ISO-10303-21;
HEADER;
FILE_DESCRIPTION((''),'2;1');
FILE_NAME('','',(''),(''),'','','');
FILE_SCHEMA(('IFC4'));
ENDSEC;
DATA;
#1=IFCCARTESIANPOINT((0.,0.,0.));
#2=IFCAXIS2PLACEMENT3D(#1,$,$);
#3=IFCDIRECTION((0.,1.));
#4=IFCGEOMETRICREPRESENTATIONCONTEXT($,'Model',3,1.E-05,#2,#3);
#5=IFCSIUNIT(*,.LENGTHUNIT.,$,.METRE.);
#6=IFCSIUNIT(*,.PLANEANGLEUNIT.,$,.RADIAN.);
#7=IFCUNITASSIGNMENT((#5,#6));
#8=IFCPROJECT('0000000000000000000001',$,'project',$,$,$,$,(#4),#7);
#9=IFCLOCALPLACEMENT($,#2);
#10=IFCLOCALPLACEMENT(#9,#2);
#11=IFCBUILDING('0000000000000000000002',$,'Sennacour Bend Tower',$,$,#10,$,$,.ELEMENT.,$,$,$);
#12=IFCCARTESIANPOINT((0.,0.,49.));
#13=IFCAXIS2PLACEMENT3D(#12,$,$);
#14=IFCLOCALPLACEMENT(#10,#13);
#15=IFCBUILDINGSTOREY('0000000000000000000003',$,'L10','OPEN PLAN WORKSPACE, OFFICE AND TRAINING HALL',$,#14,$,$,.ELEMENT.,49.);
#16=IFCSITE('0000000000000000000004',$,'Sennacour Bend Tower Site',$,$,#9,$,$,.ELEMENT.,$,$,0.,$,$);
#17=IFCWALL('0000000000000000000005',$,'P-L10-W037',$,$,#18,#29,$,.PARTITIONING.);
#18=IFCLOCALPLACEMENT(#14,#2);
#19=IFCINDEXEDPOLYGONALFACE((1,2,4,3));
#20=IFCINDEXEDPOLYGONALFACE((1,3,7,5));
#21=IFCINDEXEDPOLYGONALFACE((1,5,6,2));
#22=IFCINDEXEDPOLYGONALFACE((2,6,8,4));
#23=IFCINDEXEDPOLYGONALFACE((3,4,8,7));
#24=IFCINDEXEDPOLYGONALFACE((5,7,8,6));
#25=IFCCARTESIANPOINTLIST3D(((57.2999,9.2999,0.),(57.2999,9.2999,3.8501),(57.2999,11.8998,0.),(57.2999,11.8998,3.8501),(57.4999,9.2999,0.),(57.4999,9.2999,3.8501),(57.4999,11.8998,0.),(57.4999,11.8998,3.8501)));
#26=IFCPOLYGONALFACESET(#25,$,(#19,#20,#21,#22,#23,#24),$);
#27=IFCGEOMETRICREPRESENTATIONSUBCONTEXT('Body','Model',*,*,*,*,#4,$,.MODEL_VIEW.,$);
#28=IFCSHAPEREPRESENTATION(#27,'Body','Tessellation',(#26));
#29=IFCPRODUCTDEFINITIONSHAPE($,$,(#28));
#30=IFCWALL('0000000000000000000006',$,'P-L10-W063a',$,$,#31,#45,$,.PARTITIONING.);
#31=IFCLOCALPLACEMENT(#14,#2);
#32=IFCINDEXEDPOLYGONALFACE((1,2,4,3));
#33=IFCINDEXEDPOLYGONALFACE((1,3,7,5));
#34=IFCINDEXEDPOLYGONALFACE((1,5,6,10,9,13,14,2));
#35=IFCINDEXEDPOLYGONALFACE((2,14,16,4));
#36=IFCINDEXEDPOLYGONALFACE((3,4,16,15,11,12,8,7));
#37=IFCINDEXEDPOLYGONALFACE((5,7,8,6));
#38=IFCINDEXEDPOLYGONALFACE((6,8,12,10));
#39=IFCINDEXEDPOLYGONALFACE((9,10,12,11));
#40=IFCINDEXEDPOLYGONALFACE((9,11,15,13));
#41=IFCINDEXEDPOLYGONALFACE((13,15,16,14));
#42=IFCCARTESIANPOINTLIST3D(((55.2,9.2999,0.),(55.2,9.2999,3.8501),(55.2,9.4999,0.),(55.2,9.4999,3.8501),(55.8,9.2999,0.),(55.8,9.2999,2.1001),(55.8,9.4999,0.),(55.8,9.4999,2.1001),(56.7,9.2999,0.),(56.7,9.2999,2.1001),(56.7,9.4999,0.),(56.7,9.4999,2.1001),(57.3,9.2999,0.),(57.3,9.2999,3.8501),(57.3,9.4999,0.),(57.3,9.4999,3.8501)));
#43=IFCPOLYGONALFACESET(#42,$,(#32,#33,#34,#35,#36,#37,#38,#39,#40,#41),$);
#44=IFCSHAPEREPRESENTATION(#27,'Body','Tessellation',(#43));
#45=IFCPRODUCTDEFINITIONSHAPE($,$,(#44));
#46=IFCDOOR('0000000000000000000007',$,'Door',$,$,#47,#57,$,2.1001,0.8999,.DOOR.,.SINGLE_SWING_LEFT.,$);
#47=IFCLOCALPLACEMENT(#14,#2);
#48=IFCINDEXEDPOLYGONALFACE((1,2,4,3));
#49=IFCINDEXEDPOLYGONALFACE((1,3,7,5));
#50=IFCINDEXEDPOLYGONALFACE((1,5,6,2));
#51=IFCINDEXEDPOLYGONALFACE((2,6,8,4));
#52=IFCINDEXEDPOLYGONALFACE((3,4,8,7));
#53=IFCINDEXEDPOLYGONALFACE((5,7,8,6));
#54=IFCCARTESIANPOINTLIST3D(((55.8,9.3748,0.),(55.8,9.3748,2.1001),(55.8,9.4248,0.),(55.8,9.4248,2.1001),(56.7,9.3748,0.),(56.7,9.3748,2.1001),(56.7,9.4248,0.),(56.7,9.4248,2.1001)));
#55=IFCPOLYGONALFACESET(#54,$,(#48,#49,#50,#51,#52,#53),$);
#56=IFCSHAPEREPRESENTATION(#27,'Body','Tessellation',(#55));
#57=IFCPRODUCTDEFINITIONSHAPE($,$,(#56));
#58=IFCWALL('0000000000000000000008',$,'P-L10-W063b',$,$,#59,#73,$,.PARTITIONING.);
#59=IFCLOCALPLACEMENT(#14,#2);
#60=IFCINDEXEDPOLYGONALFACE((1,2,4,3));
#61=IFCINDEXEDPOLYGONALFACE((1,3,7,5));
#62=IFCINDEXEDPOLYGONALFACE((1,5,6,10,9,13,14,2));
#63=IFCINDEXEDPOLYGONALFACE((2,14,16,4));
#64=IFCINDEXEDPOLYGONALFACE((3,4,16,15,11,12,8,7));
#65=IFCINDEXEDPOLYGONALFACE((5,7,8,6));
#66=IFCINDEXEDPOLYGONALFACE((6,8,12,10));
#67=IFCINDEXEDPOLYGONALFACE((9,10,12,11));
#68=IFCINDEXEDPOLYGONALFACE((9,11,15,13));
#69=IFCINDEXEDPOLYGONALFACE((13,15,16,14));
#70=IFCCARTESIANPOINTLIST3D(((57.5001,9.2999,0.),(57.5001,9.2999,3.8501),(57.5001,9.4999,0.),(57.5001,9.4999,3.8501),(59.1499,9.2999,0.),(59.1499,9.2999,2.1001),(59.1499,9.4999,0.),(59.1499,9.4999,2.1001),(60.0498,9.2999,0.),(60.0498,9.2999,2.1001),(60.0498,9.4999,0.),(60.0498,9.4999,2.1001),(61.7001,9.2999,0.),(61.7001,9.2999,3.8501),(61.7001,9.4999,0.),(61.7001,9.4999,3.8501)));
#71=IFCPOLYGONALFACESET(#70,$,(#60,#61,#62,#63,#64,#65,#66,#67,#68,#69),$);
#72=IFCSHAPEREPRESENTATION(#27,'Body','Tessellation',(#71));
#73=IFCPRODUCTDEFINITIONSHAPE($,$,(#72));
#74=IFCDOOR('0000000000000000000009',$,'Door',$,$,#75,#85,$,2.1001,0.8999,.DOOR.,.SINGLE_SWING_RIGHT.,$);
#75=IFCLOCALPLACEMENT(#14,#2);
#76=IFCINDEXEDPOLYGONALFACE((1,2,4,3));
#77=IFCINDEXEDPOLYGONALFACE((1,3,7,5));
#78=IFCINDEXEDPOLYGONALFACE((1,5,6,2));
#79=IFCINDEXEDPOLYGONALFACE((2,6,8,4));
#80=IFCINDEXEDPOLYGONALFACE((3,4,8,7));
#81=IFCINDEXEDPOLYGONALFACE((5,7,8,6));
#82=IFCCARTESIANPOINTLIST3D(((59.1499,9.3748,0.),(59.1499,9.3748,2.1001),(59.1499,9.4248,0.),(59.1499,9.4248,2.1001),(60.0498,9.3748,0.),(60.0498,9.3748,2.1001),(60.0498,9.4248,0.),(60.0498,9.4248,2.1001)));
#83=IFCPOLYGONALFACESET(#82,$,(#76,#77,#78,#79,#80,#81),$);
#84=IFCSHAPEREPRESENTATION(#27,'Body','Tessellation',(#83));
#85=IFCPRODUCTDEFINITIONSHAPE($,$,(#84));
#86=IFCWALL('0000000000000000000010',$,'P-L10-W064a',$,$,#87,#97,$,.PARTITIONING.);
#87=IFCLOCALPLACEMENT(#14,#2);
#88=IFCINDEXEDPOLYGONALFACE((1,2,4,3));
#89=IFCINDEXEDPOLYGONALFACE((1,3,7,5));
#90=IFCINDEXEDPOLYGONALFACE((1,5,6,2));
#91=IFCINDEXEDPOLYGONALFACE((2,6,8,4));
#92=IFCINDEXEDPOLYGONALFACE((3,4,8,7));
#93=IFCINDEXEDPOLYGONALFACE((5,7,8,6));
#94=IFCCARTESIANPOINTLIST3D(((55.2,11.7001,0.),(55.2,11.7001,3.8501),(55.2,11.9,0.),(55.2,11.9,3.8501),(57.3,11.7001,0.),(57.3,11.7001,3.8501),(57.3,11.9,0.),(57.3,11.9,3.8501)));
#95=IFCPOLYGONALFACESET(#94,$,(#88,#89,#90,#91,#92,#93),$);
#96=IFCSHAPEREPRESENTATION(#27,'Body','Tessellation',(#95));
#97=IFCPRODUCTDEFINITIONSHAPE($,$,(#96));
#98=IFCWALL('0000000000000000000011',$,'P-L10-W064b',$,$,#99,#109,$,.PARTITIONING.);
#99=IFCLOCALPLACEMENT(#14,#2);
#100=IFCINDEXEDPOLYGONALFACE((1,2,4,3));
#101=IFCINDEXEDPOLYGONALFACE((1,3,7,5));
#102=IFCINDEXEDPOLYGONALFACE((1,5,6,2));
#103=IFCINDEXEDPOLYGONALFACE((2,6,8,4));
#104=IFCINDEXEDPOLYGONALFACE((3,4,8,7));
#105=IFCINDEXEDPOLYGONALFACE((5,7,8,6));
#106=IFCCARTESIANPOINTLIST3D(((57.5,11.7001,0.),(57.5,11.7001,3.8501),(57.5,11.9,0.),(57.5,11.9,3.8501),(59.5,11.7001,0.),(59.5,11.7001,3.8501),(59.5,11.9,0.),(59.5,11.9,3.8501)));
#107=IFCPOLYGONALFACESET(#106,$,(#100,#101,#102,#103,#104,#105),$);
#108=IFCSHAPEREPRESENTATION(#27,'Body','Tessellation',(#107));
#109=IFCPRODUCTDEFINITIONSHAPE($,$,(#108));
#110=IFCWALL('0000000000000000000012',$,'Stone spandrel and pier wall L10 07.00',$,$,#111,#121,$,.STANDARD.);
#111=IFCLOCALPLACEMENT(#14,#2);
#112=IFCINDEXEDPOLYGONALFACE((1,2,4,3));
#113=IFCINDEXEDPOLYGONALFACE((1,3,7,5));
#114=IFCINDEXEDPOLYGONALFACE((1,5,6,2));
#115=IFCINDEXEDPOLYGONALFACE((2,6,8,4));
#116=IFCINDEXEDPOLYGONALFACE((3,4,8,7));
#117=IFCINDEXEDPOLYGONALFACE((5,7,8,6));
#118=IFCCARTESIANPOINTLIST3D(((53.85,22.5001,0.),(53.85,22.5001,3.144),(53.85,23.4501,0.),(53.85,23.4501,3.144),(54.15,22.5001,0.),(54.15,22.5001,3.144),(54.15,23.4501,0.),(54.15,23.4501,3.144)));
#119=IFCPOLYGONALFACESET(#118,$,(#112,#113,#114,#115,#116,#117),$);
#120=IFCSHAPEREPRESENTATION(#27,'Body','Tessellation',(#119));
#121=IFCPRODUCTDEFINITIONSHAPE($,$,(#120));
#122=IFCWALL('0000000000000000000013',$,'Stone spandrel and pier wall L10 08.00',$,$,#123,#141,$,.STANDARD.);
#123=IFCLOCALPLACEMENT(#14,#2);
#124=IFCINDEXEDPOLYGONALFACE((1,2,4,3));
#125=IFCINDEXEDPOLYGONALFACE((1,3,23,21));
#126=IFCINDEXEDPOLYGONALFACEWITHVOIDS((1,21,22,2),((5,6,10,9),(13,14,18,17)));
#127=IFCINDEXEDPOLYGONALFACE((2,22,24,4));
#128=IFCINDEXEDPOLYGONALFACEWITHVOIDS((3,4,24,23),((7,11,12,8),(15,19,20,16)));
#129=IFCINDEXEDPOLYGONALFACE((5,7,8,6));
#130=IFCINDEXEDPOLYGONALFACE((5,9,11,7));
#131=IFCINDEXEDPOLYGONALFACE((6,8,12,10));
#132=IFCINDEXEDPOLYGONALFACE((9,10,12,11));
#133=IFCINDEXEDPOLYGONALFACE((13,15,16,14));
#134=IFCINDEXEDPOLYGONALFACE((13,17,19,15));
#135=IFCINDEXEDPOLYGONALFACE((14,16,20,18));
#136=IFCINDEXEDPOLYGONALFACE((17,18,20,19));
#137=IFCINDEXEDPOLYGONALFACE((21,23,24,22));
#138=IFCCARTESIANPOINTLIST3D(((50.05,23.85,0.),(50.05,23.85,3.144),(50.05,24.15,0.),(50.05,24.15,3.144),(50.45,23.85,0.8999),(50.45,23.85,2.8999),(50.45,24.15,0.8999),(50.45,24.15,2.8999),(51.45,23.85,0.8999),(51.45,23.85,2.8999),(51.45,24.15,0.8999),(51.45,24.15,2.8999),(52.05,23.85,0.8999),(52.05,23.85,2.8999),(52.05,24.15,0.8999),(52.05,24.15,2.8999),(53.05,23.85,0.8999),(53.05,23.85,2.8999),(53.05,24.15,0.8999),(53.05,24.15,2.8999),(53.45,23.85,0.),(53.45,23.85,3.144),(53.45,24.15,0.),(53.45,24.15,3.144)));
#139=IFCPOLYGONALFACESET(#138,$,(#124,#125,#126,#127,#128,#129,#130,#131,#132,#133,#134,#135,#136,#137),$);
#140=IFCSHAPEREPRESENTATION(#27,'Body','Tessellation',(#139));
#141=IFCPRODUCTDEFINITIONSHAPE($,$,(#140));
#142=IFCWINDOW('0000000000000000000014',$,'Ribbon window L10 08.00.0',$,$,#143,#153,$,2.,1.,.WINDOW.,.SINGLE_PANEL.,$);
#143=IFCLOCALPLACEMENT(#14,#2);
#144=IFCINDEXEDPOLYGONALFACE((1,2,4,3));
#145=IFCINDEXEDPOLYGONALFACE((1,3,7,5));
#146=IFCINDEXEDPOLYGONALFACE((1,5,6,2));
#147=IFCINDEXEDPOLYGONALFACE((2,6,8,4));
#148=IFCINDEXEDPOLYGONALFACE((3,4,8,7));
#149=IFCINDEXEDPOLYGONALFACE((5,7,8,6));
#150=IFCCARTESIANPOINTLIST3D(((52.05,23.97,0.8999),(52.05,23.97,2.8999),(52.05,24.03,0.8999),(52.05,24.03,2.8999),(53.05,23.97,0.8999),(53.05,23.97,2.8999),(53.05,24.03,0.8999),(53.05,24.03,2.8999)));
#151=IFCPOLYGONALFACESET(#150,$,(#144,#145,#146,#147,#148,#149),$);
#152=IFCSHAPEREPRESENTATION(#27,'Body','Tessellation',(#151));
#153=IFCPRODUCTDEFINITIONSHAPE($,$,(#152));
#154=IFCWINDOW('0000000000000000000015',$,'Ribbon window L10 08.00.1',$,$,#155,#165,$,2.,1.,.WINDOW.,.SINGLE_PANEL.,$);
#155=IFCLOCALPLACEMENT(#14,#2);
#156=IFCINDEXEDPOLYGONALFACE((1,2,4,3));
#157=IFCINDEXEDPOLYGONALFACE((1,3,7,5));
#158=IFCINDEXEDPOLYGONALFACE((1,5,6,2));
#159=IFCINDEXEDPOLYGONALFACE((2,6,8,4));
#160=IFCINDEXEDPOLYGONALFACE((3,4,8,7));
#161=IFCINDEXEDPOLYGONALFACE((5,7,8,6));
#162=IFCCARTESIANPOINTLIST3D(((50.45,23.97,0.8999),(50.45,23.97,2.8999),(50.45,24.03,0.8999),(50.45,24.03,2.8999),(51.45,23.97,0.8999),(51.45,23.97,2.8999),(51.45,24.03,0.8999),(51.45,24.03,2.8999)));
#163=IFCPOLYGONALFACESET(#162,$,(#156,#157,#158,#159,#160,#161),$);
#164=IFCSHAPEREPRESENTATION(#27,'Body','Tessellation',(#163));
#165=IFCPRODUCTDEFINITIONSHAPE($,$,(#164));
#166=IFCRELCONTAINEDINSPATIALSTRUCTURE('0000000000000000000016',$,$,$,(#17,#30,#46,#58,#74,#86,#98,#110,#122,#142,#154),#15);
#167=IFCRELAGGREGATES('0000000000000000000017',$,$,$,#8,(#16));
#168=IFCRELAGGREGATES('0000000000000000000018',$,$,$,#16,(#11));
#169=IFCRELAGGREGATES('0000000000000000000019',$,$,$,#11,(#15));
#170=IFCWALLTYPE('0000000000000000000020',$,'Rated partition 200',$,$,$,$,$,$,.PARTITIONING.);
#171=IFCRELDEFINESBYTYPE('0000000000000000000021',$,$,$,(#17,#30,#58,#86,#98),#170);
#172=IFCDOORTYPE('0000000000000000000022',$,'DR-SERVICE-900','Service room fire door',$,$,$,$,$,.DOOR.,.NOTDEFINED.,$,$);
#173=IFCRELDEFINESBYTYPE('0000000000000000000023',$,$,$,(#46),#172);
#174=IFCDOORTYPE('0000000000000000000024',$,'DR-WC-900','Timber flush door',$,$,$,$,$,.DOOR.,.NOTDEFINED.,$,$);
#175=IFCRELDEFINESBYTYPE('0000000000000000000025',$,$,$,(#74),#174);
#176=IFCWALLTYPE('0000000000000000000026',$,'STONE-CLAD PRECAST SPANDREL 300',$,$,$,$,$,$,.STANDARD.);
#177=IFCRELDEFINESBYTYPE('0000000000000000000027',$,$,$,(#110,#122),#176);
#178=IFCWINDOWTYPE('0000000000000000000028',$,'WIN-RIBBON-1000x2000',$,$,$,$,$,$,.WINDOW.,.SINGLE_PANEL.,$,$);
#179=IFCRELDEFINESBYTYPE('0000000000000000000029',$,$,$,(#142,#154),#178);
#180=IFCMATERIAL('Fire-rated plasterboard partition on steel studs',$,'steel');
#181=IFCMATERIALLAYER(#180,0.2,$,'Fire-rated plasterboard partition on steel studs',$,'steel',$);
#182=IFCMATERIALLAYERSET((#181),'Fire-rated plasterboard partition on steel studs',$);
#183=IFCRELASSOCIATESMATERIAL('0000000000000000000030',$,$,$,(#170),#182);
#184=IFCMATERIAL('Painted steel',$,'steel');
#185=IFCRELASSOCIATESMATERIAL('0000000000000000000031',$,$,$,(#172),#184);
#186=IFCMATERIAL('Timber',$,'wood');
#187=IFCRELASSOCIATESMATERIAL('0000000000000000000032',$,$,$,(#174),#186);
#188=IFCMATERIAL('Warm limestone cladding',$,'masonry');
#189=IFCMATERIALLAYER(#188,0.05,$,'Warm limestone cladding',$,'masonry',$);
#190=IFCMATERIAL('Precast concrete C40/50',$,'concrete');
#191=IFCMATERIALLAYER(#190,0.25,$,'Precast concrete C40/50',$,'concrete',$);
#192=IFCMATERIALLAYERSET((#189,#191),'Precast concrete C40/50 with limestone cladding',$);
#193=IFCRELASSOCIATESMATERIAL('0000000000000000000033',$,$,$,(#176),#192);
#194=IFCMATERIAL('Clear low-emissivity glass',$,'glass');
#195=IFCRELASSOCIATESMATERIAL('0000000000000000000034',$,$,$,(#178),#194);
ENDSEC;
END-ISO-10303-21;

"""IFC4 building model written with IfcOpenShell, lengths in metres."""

from ifc_helpers import new_model, si_unit, direction, frame, frame_2d, origin, place, context, subcontext, project, spatial, rectangle, extrude, material, layer, layer_set, type_object, element, fill, save


model = new_model("IFC4")

# Units and contexts
model_context = context("Model", 3, precision=1e-05, world=origin(), true_north=direction((0.0, 1.0)))
body_context = subcontext(model_context, "Body", "Model", "MODEL_VIEW")
ifc_project = project(units=[si_unit("LENGTHUNIT", "METRE"), si_unit("PLANEANGLEUNIT", "RADIAN")], contexts=[model_context])

# Site, building, storey
site_placement = place(None, origin())
site = spatial("IfcSite", under=ifc_project, at=site_placement, Name="Sennacour Bend Tower Site", CompositionType="ELEMENT", RefElevation=0.0)
building_placement = place(site_placement, origin())
building = spatial("IfcBuilding", under=site, at=building_placement, Name="Sennacour Bend Tower", CompositionType="ELEMENT")
storey_placement = place(building_placement, frame((0.0, 0.0, 49.0)))
storey = spatial("IfcBuildingStorey", under=building, at=storey_placement, Name="L10", Description="OPEN PLAN WORKSPACE, OFFICE AND TRAINING HALL", CompositionType="ELEMENT", Elevation=49.0)

# Wall
ifc_material_1 = material(Name="Fire-rated plasterboard partition on steel studs", Category="steel")
ifc_layer_1 = layer(ifc_material_1, 0.2, Name="Fire-rated plasterboard partition on steel studs", Category="steel")
ifc_layer_set_1 = layer_set([ifc_layer_1], Name="Fire-rated plasterboard partition on steel studs")
wall_type_1 = type_object("IfcWallType", Name="Rated partition 200", PredefinedType="PARTITIONING", material=ifc_layer_set_1)
wall_1_placement = place(storey_placement, frame((57.3999, 9.3, 0.0), z_axis=(0.0, 0.0, 1.0), x_axis=(0.0, 1.0, 0.0)))
element("IfcWall", 1, at=wall_1_placement, inside=storey, type_object=wall_type_1, Name="P-L10-W037", PredefinedType="PARTITIONING", context=body_context, shape_type="SweptSolid", body=[
    extrude(rectangle(XDim=2.5999, YDim=0.2, at=frame_2d((1.2998, 0.0))), origin(), (0.0, 0.0, 1.0), 3.8501),
])

# Walls, openings, doors
wall_2_placement = place(storey_placement, frame((55.2, 9.3999, 0.0), z_axis=(0.0, 0.0, 1.0), x_axis=(1.0, 0.0, 0.0)))
wall_2 = element("IfcWall", 2, at=wall_2_placement, inside=storey, type_object=wall_type_1, Name="P-L10-W063a", PredefinedType="PARTITIONING", context=body_context, shape_type="SweptSolid", body=[
    extrude(rectangle(XDim=2.1001, YDim=0.2, at=frame_2d((1.05, 0.0))), origin(), (0.0, 0.0, 1.0), 3.8501),
])
opening_1_placement = place(wall_2_placement, frame((0.6001, 0.0, 0.0)))
opening_1 = element("IfcOpeningElement", 3, at=opening_1_placement, cuts=wall_2, PredefinedType="OPENING", context=body_context, shape_type="SweptSolid", body=[
    extrude(rectangle(XDim=0.8999, YDim=2.1001, at=frame_2d((0.45, 1.05))), frame((0.0, 0.1099, 0.0), z_axis=(0.0, -1.0, 0.0), x_axis=(1.0, 0.0, 0.0)), (0.0, 0.0, 1.0), 0.22),
])
ifc_material_2 = material(Name="Painted steel", Category="steel")
door_type_1 = type_object("IfcDoorType", Name="DR-SERVICE-900", Description="Service room fire door", OperationType="NOTDEFINED", PredefinedType="DOOR", material=ifc_material_2)
door_1_placement = place(opening_1_placement, origin())
door_1 = element("IfcDoor", 4, at=door_1_placement, inside=storey, type_object=door_type_1, Name="Door", OperationType="SINGLE_SWING_LEFT", OverallHeight=2.1001, OverallWidth=0.8999, PredefinedType="DOOR", context=body_context, shape_type="SweptSolid", body=[
    extrude(rectangle(XDim=0.8999, YDim=2.1001, at=frame_2d((0.45, 1.05))), frame((0.0, 0.0249, 0.0), z_axis=(0.0, -1.0, 0.0), x_axis=(1.0, 0.0, 0.0)), (0.0, 0.0, 1.0), 0.05),
])
fill(opening_1, door_1)
wall_3_placement = place(storey_placement, frame((57.5, 9.3999, 0.0), z_axis=(0.0, 0.0, 1.0), x_axis=(1.0, 0.0, 0.0)))
wall_3 = element("IfcWall", 5, at=wall_3_placement, inside=storey, type_object=wall_type_1, Name="P-L10-W063b", PredefinedType="PARTITIONING", context=body_context, shape_type="SweptSolid", body=[
    extrude(rectangle(XDim=4.2, YDim=0.2, at=frame_2d((2.1001, 0.0))), origin(), (0.0, 0.0, 1.0), 3.8501),
])
opening_2_placement = place(wall_3_placement, frame((1.6499, 0.0, 0.0)))
opening_2 = element("IfcOpeningElement", 6, at=opening_2_placement, cuts=wall_3, PredefinedType="OPENING", context=body_context, shape_type="SweptSolid", body=[
    extrude(rectangle(XDim=0.8999, YDim=2.1001, at=frame_2d((0.45, 1.05))), frame((0.0, 0.1099, 0.0), z_axis=(0.0, -1.0, 0.0), x_axis=(1.0, 0.0, 0.0)), (0.0, 0.0, 1.0), 0.22),
])
ifc_material_3 = material(Name="Timber", Category="wood")
door_type_2 = type_object("IfcDoorType", Name="DR-WC-900", Description="Timber flush door", OperationType="NOTDEFINED", PredefinedType="DOOR", material=ifc_material_3)
door_2_placement = place(opening_2_placement, origin())
door_2 = element("IfcDoor", 7, at=door_2_placement, inside=storey, type_object=door_type_2, Name="Door", OperationType="SINGLE_SWING_RIGHT", OverallHeight=2.1001, OverallWidth=0.8999, PredefinedType="DOOR", context=body_context, shape_type="SweptSolid", body=[
    extrude(rectangle(XDim=0.8999, YDim=2.1001, at=frame_2d((0.45, 1.05))), frame((0.0, 0.0249, 0.0), z_axis=(0.0, -1.0, 0.0), x_axis=(1.0, 0.0, 0.0)), (0.0, 0.0, 1.0), 0.05),
])
fill(opening_2, door_2)

# Walls
wall_4_placement = place(storey_placement, frame((55.2, 11.8, 0.0), z_axis=(0.0, 0.0, 1.0), x_axis=(1.0, 0.0, 0.0)))
element("IfcWall", 8, at=wall_4_placement, inside=storey, type_object=wall_type_1, Name="P-L10-W064a", PredefinedType="PARTITIONING", context=body_context, shape_type="SweptSolid", body=[
    extrude(rectangle(XDim=2.1001, YDim=0.2, at=frame_2d((1.05, 0.0))), origin(), (0.0, 0.0, 1.0), 3.8501),
])
wall_5_placement = place(storey_placement, frame((57.5, 11.8, 0.0), z_axis=(0.0, 0.0, 1.0), x_axis=(1.0, 0.0, 0.0)))
element("IfcWall", 9, at=wall_5_placement, inside=storey, type_object=wall_type_1, Name="P-L10-W064b", PredefinedType="PARTITIONING", context=body_context, shape_type="SweptSolid", body=[
    extrude(rectangle(XDim=2.0, YDim=0.2, at=frame_2d((1.0, 0.0))), origin(), (0.0, 0.0, 1.0), 3.8501),
])
ifc_material_4 = material(Name="Warm limestone cladding", Category="masonry")
ifc_layer_2 = layer(ifc_material_4, 0.05, Name="Warm limestone cladding", Category="masonry")
ifc_material_5 = material(Name="Precast concrete C40/50", Category="concrete")
ifc_layer_3 = layer(ifc_material_5, 0.25, Name="Precast concrete C40/50", Category="concrete")
ifc_layer_set_2 = layer_set([ifc_layer_2, ifc_layer_3], Name="Precast concrete C40/50 with limestone cladding")
wall_type_2 = type_object("IfcWallType", Name="STONE-CLAD PRECAST SPANDREL 300", PredefinedType="STANDARD", material=ifc_layer_set_2)
wall_6_placement = place(storey_placement, frame((54.0, 22.5, 0.0), z_axis=(0.0, 0.0, 1.0), x_axis=(0.0, 1.0, 0.0)))
element("IfcWall", 10, at=wall_6_placement, inside=storey, type_object=wall_type_2, Name="Stone spandrel and pier wall L10 07.00", PredefinedType="STANDARD", context=body_context, shape_type="SweptSolid", body=[
    extrude(rectangle(XDim=0.95, YDim=0.3, at=frame_2d((0.4751, 0.0))), origin(), (0.0, 0.0, 1.0), 3.144),
])

# Wall, openings, windows
wall_7_placement = place(storey_placement, frame((53.45, 24.0, 0.0), z_axis=(0.0, 0.0, 1.0), x_axis=(-1.0, 0.0, 0.0)))
wall_7 = element("IfcWall", 11, at=wall_7_placement, inside=storey, type_object=wall_type_2, Name="Stone spandrel and pier wall L10 08.00", PredefinedType="STANDARD", context=body_context, shape_type="SweptSolid", body=[
    extrude(rectangle(XDim=3.3999, YDim=0.3, at=frame_2d((1.7, 0.0))), origin(), (0.0, 0.0, 1.0), 3.144),
])
opening_3_placement = place(wall_7_placement, frame((0.3999, 0.0, 0.8999)))
opening_3 = element("IfcOpeningElement", 12, at=opening_3_placement, cuts=wall_7, PredefinedType="OPENING", context=body_context, shape_type="SweptSolid", body=[
    extrude(rectangle(XDim=1.0, YDim=2.0, at=frame_2d((0.5, 1.0))), frame((0.0, 0.1602, 0.0), z_axis=(0.0, -1.0, 0.0), x_axis=(1.0, 0.0, 0.0)), (0.0, 0.0, 1.0), 0.3201),
])
opening_4_placement = place(wall_7_placement, frame((2.0, 0.0, 0.8999)))
opening_4 = element("IfcOpeningElement", 13, at=opening_4_placement, cuts=wall_7, PredefinedType="OPENING", context=body_context, shape_type="SweptSolid", body=[
    extrude(rectangle(XDim=1.0, YDim=2.0, at=frame_2d((0.5, 1.0))), frame((0.0, 0.1602, 0.0), z_axis=(0.0, -1.0, 0.0), x_axis=(1.0, 0.0, 0.0)), (0.0, 0.0, 1.0), 0.3201),
])
ifc_material_6 = material(Name="Clear low-emissivity glass", Category="glass")
window_type = type_object("IfcWindowType", Name="WIN-RIBBON-1000x2000", PartitioningType="SINGLE_PANEL", PredefinedType="WINDOW", material=ifc_material_6)
window_1_placement = place(opening_3_placement, origin())
window_1 = element("IfcWindow", 14, at=window_1_placement, inside=storey, type_object=window_type, Name="Ribbon window L10 08.00.0", OverallHeight=2.0, OverallWidth=1.0, PartitioningType="SINGLE_PANEL", PredefinedType="WINDOW", context=body_context, shape_type="SweptSolid", body=[
    extrude(rectangle(XDim=1.0, YDim=2.0, at=frame_2d((0.5, 1.0))), frame((0.0, 0.03, 0.0), z_axis=(0.0, -1.0, 0.0), x_axis=(1.0, 0.0, 0.0)), (0.0, 0.0, 1.0), 0.0601),
])
fill(opening_3, window_1)
window_2_placement = place(opening_4_placement, origin())
window_2 = element("IfcWindow", 15, at=window_2_placement, inside=storey, type_object=window_type, Name="Ribbon window L10 08.00.1", OverallHeight=2.0, OverallWidth=1.0, PartitioningType="SINGLE_PANEL", PredefinedType="WINDOW", context=body_context, shape_type="SweptSolid", body=[
    extrude(rectangle(XDim=1.0, YDim=2.0, at=frame_2d((0.5, 1.0))), frame((0.0, 0.03, 0.0), z_axis=(0.0, -1.0, 0.0), x_axis=(1.0, 0.0, 0.0)), (0.0, 0.0, 1.0), 0.0601),
])
fill(opening_4, window_2)

save(model, "model.ifc")
